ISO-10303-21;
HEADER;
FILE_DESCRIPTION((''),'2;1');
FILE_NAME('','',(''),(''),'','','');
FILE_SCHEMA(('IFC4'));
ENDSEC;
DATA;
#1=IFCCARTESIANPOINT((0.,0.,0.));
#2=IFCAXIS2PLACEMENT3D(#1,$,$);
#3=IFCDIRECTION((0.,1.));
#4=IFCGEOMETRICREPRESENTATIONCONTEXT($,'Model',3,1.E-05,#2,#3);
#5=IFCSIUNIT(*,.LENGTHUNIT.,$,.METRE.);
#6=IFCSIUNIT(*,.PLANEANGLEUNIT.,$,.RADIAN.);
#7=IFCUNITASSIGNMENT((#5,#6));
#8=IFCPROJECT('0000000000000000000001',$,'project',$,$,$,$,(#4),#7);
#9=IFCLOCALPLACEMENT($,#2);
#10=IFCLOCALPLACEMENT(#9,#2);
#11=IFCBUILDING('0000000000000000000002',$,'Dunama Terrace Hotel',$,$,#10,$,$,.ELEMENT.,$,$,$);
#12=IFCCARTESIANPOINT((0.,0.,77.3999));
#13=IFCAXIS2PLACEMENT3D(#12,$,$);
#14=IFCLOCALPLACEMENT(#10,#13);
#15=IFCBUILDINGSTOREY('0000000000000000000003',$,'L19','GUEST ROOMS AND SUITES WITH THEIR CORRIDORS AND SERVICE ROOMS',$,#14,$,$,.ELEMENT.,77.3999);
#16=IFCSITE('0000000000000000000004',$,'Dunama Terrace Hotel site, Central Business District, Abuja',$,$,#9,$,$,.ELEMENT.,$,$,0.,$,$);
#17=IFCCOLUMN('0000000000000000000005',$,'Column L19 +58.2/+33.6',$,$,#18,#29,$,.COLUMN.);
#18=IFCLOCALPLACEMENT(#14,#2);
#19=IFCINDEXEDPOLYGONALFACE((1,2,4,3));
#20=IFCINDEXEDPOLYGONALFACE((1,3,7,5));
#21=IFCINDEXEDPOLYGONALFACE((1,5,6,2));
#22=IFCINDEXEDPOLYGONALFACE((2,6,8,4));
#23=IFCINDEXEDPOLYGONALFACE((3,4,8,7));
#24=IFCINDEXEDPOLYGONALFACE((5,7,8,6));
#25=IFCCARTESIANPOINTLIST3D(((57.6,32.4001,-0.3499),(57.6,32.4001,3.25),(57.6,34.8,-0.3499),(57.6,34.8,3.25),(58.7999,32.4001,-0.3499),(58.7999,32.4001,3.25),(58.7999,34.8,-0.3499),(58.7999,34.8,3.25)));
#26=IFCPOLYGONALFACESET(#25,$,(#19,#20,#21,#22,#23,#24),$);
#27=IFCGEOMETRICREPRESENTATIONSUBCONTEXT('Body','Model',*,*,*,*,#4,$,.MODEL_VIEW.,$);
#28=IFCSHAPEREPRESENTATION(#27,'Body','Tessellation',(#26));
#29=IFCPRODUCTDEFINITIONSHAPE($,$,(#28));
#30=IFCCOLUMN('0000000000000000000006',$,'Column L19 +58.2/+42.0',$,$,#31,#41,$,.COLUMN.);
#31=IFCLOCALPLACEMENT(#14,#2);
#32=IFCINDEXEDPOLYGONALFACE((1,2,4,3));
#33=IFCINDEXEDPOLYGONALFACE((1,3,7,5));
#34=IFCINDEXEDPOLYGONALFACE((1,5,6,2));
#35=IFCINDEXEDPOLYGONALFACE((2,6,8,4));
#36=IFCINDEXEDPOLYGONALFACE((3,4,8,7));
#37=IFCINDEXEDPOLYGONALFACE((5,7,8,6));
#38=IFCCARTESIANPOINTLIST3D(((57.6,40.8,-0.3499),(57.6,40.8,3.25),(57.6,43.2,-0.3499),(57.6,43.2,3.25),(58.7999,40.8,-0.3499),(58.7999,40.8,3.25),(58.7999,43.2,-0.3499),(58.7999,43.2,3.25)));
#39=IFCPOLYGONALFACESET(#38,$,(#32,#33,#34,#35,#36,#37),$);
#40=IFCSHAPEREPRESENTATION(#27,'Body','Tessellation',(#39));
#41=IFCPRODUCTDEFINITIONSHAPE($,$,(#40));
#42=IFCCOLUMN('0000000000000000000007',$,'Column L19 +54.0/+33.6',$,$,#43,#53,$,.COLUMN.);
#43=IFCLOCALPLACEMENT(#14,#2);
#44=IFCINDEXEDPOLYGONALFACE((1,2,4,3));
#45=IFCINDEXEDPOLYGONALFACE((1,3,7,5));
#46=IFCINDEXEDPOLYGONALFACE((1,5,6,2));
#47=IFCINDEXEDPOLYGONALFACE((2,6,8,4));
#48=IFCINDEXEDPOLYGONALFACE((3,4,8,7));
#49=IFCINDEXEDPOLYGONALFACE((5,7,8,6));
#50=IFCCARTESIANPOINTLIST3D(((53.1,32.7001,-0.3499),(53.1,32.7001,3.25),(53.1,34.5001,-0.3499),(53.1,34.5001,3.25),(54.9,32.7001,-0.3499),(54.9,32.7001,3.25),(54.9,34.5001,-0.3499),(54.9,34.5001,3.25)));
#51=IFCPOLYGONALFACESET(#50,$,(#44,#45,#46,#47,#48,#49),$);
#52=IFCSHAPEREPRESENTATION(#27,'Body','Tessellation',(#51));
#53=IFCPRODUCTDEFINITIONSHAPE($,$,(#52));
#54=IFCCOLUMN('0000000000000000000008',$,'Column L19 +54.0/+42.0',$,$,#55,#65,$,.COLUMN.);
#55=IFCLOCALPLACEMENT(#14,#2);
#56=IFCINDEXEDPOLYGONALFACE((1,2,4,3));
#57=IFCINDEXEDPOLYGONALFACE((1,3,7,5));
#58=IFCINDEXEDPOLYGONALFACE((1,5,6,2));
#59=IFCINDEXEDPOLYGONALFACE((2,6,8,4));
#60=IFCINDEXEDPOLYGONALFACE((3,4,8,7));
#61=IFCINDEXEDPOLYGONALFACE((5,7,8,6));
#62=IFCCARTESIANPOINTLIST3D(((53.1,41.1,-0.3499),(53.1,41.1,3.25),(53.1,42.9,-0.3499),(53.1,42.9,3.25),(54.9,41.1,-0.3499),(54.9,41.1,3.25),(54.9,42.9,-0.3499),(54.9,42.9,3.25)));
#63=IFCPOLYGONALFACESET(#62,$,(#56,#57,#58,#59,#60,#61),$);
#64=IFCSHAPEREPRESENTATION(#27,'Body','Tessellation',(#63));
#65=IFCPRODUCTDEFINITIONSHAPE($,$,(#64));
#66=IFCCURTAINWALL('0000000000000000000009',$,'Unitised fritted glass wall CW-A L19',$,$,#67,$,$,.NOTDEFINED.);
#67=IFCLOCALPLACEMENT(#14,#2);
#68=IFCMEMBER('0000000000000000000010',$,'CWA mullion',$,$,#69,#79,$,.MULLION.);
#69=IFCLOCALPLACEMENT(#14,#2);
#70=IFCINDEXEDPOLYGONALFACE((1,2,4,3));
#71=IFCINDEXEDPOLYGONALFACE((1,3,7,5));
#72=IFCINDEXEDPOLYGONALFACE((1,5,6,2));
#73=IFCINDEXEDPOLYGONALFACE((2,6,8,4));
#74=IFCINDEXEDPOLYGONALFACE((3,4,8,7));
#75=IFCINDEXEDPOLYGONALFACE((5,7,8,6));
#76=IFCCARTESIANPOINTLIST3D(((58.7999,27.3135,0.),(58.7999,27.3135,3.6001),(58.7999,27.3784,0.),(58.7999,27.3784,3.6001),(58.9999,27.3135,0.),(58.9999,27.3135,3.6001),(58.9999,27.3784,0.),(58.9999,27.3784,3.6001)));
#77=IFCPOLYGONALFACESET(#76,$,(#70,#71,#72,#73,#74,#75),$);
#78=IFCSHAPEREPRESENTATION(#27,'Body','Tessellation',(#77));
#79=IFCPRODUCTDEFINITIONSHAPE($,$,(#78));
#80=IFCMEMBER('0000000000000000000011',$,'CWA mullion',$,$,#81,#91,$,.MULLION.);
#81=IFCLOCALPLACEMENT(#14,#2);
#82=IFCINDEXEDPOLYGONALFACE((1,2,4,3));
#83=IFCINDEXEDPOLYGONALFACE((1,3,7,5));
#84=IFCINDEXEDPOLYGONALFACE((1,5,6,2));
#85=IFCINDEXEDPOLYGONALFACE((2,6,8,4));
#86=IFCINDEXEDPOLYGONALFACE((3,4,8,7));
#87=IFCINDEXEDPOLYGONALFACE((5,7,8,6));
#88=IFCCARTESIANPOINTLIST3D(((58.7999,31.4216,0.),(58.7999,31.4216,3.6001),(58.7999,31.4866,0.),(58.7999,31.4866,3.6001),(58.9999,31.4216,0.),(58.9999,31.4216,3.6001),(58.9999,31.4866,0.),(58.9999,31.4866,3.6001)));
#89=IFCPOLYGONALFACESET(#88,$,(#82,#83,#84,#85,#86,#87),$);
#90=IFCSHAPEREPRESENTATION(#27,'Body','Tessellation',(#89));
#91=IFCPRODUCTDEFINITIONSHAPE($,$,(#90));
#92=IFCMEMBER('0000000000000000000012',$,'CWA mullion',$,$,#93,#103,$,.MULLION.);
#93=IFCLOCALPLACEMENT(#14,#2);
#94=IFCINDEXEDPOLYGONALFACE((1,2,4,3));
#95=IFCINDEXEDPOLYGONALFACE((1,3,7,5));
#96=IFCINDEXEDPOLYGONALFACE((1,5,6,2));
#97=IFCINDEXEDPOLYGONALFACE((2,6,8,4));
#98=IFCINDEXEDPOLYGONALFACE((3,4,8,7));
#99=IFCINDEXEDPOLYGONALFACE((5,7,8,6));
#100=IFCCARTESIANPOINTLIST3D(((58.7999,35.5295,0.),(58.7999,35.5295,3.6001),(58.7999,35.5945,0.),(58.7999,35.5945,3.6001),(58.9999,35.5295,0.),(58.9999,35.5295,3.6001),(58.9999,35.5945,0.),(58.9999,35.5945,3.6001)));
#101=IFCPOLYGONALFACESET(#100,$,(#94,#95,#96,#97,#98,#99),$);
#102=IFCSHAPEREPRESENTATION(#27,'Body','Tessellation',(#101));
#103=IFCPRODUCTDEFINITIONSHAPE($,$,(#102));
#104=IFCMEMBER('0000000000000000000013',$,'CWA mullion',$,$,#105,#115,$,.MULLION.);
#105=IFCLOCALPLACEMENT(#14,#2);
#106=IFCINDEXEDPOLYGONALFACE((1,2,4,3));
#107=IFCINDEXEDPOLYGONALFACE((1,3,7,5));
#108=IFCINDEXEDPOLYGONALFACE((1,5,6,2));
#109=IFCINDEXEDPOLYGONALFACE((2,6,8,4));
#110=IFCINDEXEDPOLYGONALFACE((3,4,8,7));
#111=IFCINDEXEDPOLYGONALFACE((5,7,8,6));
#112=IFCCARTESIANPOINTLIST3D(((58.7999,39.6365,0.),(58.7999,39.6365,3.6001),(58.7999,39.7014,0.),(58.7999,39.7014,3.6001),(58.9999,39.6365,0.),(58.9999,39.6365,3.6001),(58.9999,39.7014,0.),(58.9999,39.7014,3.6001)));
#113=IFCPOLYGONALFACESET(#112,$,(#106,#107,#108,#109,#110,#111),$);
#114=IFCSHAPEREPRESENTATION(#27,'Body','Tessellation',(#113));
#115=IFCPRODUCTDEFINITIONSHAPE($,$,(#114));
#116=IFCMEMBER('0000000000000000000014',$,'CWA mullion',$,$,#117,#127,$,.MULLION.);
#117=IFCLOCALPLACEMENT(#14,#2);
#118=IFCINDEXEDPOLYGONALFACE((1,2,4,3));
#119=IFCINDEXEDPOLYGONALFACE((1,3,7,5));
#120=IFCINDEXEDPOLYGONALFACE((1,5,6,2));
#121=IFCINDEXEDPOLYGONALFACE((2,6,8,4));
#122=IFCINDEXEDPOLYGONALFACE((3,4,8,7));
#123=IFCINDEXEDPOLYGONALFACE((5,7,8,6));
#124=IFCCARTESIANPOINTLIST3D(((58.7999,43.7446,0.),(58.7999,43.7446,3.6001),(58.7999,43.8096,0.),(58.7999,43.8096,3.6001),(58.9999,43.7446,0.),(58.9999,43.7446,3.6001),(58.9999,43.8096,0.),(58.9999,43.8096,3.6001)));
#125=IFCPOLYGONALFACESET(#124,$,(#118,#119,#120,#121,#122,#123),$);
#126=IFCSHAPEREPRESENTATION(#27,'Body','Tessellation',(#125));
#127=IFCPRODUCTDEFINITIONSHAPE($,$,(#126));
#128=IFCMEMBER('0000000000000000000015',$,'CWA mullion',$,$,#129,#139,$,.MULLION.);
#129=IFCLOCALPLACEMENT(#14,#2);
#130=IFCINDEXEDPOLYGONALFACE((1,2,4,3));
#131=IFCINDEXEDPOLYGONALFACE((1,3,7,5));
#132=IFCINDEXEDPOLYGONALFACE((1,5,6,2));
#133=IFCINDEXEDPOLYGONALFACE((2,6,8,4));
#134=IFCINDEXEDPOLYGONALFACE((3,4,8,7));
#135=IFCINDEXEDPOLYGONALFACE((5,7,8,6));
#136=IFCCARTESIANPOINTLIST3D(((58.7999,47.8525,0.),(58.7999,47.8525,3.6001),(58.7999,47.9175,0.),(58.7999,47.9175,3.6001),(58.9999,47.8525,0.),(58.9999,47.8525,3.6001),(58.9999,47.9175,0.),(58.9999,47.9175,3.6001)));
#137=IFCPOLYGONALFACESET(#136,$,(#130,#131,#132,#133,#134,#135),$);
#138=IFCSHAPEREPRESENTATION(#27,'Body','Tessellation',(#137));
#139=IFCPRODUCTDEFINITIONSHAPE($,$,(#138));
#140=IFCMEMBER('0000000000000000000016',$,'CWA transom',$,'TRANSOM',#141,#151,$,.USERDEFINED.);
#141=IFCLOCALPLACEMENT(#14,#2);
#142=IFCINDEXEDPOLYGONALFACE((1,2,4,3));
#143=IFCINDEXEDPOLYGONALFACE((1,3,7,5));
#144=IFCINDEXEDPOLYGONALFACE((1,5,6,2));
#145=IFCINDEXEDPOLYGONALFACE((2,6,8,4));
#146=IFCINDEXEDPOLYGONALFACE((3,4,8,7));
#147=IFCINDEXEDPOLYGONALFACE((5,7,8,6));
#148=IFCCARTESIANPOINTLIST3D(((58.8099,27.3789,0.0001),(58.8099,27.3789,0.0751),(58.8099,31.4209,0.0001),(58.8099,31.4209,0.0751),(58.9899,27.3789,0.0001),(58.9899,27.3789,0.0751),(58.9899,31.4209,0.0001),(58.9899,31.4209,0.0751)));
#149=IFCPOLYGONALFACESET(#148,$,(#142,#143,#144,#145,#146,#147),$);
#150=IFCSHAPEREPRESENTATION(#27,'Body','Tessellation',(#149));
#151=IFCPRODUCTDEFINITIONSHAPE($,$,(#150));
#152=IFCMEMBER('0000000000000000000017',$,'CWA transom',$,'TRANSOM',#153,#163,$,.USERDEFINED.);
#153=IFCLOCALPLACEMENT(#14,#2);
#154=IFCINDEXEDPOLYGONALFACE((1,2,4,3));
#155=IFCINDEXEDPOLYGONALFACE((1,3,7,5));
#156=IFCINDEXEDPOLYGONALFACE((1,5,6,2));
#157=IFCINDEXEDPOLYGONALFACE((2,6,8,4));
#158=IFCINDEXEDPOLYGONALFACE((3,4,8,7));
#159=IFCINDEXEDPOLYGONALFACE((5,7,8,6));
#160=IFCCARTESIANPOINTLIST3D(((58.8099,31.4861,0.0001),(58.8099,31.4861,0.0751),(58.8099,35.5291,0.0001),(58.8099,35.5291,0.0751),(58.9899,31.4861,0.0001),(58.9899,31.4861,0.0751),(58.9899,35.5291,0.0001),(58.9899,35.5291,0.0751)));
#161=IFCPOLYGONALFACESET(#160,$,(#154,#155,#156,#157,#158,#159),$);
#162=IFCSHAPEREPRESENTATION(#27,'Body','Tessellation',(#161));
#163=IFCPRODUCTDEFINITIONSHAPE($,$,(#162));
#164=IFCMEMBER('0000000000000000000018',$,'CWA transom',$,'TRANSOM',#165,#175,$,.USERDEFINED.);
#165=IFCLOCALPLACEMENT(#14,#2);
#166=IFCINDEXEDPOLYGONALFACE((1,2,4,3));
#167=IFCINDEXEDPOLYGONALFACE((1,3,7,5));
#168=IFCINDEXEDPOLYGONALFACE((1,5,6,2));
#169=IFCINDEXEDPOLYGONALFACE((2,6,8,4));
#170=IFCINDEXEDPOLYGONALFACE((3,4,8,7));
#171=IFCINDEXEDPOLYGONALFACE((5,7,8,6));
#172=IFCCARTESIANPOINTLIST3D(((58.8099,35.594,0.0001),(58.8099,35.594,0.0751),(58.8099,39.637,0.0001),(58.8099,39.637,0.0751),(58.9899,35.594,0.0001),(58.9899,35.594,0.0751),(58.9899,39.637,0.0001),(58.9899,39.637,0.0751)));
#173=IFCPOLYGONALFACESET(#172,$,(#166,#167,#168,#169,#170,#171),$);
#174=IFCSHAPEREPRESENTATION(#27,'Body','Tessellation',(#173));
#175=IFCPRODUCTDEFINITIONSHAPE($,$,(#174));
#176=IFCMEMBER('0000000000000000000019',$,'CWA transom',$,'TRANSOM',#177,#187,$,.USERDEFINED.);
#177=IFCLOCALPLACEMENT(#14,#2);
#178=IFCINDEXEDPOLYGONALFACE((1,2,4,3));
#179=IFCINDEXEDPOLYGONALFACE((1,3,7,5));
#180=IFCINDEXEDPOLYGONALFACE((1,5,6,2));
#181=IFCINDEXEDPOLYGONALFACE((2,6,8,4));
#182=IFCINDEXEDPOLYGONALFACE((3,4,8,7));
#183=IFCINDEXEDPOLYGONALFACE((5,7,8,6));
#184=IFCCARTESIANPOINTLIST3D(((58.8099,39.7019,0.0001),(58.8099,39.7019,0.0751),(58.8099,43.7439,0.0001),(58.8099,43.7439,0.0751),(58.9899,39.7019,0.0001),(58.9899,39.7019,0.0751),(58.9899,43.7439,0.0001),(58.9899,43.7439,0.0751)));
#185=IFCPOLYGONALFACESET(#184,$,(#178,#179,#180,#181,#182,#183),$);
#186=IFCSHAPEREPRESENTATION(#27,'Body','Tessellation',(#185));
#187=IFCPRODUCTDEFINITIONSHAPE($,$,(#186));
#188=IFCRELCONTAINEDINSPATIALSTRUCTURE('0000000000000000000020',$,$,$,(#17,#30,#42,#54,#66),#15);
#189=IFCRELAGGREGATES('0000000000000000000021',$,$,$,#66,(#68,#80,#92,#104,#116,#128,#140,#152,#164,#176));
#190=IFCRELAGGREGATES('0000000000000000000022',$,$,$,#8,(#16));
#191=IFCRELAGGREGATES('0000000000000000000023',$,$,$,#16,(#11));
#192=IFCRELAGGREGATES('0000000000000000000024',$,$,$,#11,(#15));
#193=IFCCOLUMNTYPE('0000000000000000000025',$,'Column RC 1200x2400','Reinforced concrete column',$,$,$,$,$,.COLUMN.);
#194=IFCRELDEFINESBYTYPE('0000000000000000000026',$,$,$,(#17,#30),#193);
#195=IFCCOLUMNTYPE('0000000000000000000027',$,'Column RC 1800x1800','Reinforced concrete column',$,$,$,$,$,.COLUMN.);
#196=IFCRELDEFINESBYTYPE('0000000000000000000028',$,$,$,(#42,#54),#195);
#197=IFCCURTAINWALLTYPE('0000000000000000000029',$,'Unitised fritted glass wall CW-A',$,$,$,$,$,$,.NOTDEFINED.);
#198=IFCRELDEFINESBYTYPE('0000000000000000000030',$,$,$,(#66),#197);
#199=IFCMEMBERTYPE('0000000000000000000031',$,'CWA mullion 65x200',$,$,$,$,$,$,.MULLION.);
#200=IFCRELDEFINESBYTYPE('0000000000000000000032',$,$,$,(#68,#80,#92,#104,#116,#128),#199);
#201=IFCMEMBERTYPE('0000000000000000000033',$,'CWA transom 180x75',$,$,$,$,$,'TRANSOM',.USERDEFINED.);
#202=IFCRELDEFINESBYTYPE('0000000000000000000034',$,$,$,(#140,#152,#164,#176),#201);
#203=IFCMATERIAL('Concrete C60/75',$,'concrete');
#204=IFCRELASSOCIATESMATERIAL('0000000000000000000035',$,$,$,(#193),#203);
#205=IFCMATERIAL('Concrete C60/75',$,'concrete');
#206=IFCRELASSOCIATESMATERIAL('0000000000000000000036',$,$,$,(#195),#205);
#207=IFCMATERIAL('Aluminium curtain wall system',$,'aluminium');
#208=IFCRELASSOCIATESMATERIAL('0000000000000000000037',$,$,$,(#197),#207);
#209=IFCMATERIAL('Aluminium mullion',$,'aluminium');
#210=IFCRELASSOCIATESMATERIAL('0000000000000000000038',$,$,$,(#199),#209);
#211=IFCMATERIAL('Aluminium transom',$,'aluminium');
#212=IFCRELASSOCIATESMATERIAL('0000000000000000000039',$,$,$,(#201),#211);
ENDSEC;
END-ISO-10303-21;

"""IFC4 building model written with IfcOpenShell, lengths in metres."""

from ifc_helpers import new_model, si_unit, direction, frame, origin, origin_2d, place, context, subcontext, project, spatial, rectangle, extrude, material, material_profile, profile_set, type_object, element, aggregate, save


model = new_model("IFC4")

# Units and contexts
model_context = context("Model", 3, precision=1e-05, world=origin(), true_north=direction((0.0, 1.0)))
body_context = subcontext(model_context, "Body", "Model", "MODEL_VIEW")
ifc_project = project(units=[si_unit("LENGTHUNIT", "METRE"), si_unit("PLANEANGLEUNIT", "RADIAN")], contexts=[model_context])

# Site, building, storey
site_placement = place(None, origin())
site = spatial("IfcSite", under=ifc_project, at=site_placement, Name="Dunama Terrace Hotel site, Central Business District, Abuja", CompositionType="ELEMENT", RefElevation=0.0)
building_placement = place(site_placement, origin())
building = spatial("IfcBuilding", under=site, at=building_placement, Name="Dunama Terrace Hotel", CompositionType="ELEMENT")
storey_placement = place(building_placement, frame((0.0, 0.0, 77.3999)))
storey = spatial("IfcBuildingStorey", under=building, at=storey_placement, Name="L19", Description="GUEST ROOMS AND SUITES WITH THEIR CORRIDORS AND SERVICE ROOMS", CompositionType="ELEMENT", Elevation=77.3999)

# Columns
ifc_material_1 = material(Name="Concrete C60/75", Category="concrete")
ifc_material_profile_1 = material_profile(ifc_material_1, rectangle(XDim=1.2, YDim=2.3999, at=origin_2d()), Name="RC 1200x2400")
ifc_profile_set_1 = profile_set([ifc_material_profile_1], Name="Concrete C60/75")
column_type_1 = type_object("IfcColumnType", Name="Column RC 1200x2400", Description="Reinforced concrete column", PredefinedType="COLUMN", material=ifc_profile_set_1)
for number, where, z_axis, x_axis, name in (
    (1, (58.2, 33.6001, -0.3499), (0.0, 0.0, 1.0), (1.0, 0.0, 0.0), "Column L19 +58.2/+33.6"),
    (2, (58.2, 42.0, -0.3499), (0.0, 0.0, 1.0), (1.0, 0.0, 0.0), "Column L19 +58.2/+42.0"),
):
    element("IfcColumn", number, at=place(storey_placement, frame(where, z_axis=z_axis, x_axis=x_axis)), inside=storey, type_object=column_type_1, Name=name, PredefinedType="COLUMN", context=body_context, shape_type="SweptSolid", body=[
        extrude(rectangle(XDim=1.2, YDim=2.3999, at=origin_2d()), origin(), (0.0, 0.0, 1.0), 3.5999),
    ])
ifc_material_2 = material(Name="Concrete C60/75", Category="concrete")
ifc_material_profile_2 = material_profile(ifc_material_2, rectangle(XDim=1.8, YDim=1.8, at=origin_2d()), Name="RC 1800x1800")
ifc_profile_set_2 = profile_set([ifc_material_profile_2], Name="Concrete C60/75")
column_type_2 = type_object("IfcColumnType", Name="Column RC 1800x1800", Description="Reinforced concrete column", PredefinedType="COLUMN", material=ifc_profile_set_2)
for number, where, z_axis, x_axis, name in (
    (3, (54.0, 33.6001, -0.3499), (0.0, 0.0, 1.0), (1.0, 0.0, 0.0), "Column L19 +54.0/+33.6"),
    (4, (54.0, 42.0, -0.3499), (0.0, 0.0, 1.0), (1.0, 0.0, 0.0), "Column L19 +54.0/+42.0"),
):
    element("IfcColumn", number, at=place(storey_placement, frame(where, z_axis=z_axis, x_axis=x_axis)), inside=storey, type_object=column_type_2, Name=name, PredefinedType="COLUMN", context=body_context, shape_type="SweptSolid", body=[
        extrude(rectangle(XDim=1.8, YDim=1.8, at=origin_2d()), origin(), (0.0, 0.0, 1.0), 3.5999),
    ])

# Curtain wall, members
ifc_material_3 = material(Name="Aluminium curtain wall system", Category="aluminium")
curtain_wall_type = type_object("IfcCurtainWallType", Name="Unitised fritted glass wall CW-A", PredefinedType="NOTDEFINED", material=ifc_material_3)
curtain_wall_placement = place(storey_placement, origin())
curtain_wall = element("IfcCurtainWall", 5, at=curtain_wall_placement, inside=storey, type_object=curtain_wall_type, Name="Unitised fritted glass wall CW-A L19", PredefinedType="NOTDEFINED")
ifc_material_4 = material(Name="Aluminium mullion", Category="aluminium")
ifc_material_profile_3 = material_profile(ifc_material_4, rectangle(XDim=0.0649, YDim=0.2, at=origin_2d()), Name="CWA MULLION 65X200")
ifc_profile_set_3 = profile_set([ifc_material_profile_3], Name="Aluminium mullion")
member_type_1 = type_object("IfcMemberType", Name="CWA mullion 65x200", PredefinedType="MULLION", material=ifc_profile_set_3)
member_1_placement = place(storey_placement, frame((58.8999, 27.3459, 0.0), z_axis=(0.0, 0.0, 1.0), x_axis=(0.0, 1.0, 0.0)))
member_1 = element("IfcMember", 6, at=member_1_placement, type_object=member_type_1, Name="CWA mullion", PredefinedType="MULLION", context=body_context, shape_type="SweptSolid", body=[
    extrude(rectangle(XDim=0.0649, YDim=0.2, at=origin_2d()), origin(), (0.0, 0.0, 1.0), 3.6001),
])
member_2_placement = place(storey_placement, frame((58.8999, 31.4541, 0.0), z_axis=(0.0, 0.0, 1.0), x_axis=(0.0, 1.0, 0.0)))
member_2 = element("IfcMember", 7, at=member_2_placement, type_object=member_type_1, Name="CWA mullion", PredefinedType="MULLION", context=body_context, shape_type="SweptSolid", body=[
    extrude(rectangle(XDim=0.0649, YDim=0.2, at=origin_2d()), origin(), (0.0, 0.0, 1.0), 3.6001),
])
member_3_placement = place(storey_placement, frame((58.8999, 35.562, 0.0), z_axis=(0.0, 0.0, 1.0), x_axis=(0.0, 1.0, 0.0)))
member_3 = element("IfcMember", 8, at=member_3_placement, type_object=member_type_1, Name="CWA mullion", PredefinedType="MULLION", context=body_context, shape_type="SweptSolid", body=[
    extrude(rectangle(XDim=0.0649, YDim=0.2, at=origin_2d()), origin(), (0.0, 0.0, 1.0), 3.6001),
])
member_4_placement = place(storey_placement, frame((58.8999, 39.6689, 0.0), z_axis=(0.0, 0.0, 1.0), x_axis=(0.0, 1.0, 0.0)))
member_4 = element("IfcMember", 9, at=member_4_placement, type_object=member_type_1, Name="CWA mullion", PredefinedType="MULLION", context=body_context, shape_type="SweptSolid", body=[
    extrude(rectangle(XDim=0.0649, YDim=0.2, at=origin_2d()), origin(), (0.0, 0.0, 1.0), 3.6001),
])
member_5_placement = place(storey_placement, frame((58.8999, 43.7771, 0.0), z_axis=(0.0, 0.0, 1.0), x_axis=(0.0, 1.0, 0.0)))
member_5 = element("IfcMember", 10, at=member_5_placement, type_object=member_type_1, Name="CWA mullion", PredefinedType="MULLION", context=body_context, shape_type="SweptSolid", body=[
    extrude(rectangle(XDim=0.0649, YDim=0.2, at=origin_2d()), origin(), (0.0, 0.0, 1.0), 3.6001),
])
member_6_placement = place(storey_placement, frame((58.8999, 47.885, 0.0), z_axis=(0.0, 0.0, 1.0), x_axis=(0.0, 1.0, 0.0)))
member_6 = element("IfcMember", 11, at=member_6_placement, type_object=member_type_1, Name="CWA mullion", PredefinedType="MULLION", context=body_context, shape_type="SweptSolid", body=[
    extrude(rectangle(XDim=0.0649, YDim=0.2, at=origin_2d()), origin(), (0.0, 0.0, 1.0), 3.6001),
])
ifc_material_5 = material(Name="Aluminium transom", Category="aluminium")
ifc_material_profile_4 = material_profile(ifc_material_5, rectangle(XDim=0.1799, YDim=0.075, at=origin_2d()), Name="CWA TRANSOM 180X75")
ifc_profile_set_4 = profile_set([ifc_material_profile_4], Name="Aluminium transom")
member_type_2 = type_object("IfcMemberType", Name="CWA transom 180x75", ElementType="TRANSOM", PredefinedType="USERDEFINED", material=ifc_profile_set_4)
member_7_placement = place(storey_placement, frame((58.8999, 27.3789, 0.0376), z_axis=(0.0, 1.0, 0.0), x_axis=(-1.0, 0.0, 0.0)))
member_7 = element("IfcMember", 12, at=member_7_placement, type_object=member_type_2, Name="CWA transom", ObjectType="TRANSOM", PredefinedType="USERDEFINED", context=body_context, shape_type="SweptSolid", body=[
    extrude(rectangle(XDim=0.1799, YDim=0.075, at=origin_2d()), origin(), (0.0, 0.0, 1.0), 4.042),
])
member_8_placement = place(storey_placement, frame((58.8999, 31.4861, 0.0376), z_axis=(0.0, 1.0, 0.0), x_axis=(-1.0, 0.0, 0.0)))
member_8 = element("IfcMember", 13, at=member_8_placement, type_object=member_type_2, Name="CWA transom", ObjectType="TRANSOM", PredefinedType="USERDEFINED", context=body_context, shape_type="SweptSolid", body=[
    extrude(rectangle(XDim=0.1799, YDim=0.075, at=origin_2d()), origin(), (0.0, 0.0, 1.0), 4.043),
])
member_9_placement = place(storey_placement, frame((58.8999, 35.594, 0.0376), z_axis=(0.0, 1.0, 0.0), x_axis=(-1.0, 0.0, 0.0)))
member_9 = element("IfcMember", 14, at=member_9_placement, type_object=member_type_2, Name="CWA transom", ObjectType="TRANSOM", PredefinedType="USERDEFINED", context=body_context, shape_type="SweptSolid", body=[
    extrude(rectangle(XDim=0.1799, YDim=0.075, at=origin_2d()), origin(), (0.0, 0.0, 1.0), 4.043),
])
member_10_placement = place(storey_placement, frame((58.8999, 39.7019, 0.0376), z_axis=(0.0, 1.0, 0.0), x_axis=(-1.0, 0.0, 0.0)))
member_10 = element("IfcMember", 15, at=member_10_placement, type_object=member_type_2, Name="CWA transom", ObjectType="TRANSOM", PredefinedType="USERDEFINED", context=body_context, shape_type="SweptSolid", body=[
    extrude(rectangle(XDim=0.1799, YDim=0.075, at=origin_2d()), origin(), (0.0, 0.0, 1.0), 4.042),
])

aggregate(curtain_wall, [member_1, member_2, member_3, member_4, member_5, member_6, member_7, member_8, member_9, member_10])

save(model, "model.ifc")
